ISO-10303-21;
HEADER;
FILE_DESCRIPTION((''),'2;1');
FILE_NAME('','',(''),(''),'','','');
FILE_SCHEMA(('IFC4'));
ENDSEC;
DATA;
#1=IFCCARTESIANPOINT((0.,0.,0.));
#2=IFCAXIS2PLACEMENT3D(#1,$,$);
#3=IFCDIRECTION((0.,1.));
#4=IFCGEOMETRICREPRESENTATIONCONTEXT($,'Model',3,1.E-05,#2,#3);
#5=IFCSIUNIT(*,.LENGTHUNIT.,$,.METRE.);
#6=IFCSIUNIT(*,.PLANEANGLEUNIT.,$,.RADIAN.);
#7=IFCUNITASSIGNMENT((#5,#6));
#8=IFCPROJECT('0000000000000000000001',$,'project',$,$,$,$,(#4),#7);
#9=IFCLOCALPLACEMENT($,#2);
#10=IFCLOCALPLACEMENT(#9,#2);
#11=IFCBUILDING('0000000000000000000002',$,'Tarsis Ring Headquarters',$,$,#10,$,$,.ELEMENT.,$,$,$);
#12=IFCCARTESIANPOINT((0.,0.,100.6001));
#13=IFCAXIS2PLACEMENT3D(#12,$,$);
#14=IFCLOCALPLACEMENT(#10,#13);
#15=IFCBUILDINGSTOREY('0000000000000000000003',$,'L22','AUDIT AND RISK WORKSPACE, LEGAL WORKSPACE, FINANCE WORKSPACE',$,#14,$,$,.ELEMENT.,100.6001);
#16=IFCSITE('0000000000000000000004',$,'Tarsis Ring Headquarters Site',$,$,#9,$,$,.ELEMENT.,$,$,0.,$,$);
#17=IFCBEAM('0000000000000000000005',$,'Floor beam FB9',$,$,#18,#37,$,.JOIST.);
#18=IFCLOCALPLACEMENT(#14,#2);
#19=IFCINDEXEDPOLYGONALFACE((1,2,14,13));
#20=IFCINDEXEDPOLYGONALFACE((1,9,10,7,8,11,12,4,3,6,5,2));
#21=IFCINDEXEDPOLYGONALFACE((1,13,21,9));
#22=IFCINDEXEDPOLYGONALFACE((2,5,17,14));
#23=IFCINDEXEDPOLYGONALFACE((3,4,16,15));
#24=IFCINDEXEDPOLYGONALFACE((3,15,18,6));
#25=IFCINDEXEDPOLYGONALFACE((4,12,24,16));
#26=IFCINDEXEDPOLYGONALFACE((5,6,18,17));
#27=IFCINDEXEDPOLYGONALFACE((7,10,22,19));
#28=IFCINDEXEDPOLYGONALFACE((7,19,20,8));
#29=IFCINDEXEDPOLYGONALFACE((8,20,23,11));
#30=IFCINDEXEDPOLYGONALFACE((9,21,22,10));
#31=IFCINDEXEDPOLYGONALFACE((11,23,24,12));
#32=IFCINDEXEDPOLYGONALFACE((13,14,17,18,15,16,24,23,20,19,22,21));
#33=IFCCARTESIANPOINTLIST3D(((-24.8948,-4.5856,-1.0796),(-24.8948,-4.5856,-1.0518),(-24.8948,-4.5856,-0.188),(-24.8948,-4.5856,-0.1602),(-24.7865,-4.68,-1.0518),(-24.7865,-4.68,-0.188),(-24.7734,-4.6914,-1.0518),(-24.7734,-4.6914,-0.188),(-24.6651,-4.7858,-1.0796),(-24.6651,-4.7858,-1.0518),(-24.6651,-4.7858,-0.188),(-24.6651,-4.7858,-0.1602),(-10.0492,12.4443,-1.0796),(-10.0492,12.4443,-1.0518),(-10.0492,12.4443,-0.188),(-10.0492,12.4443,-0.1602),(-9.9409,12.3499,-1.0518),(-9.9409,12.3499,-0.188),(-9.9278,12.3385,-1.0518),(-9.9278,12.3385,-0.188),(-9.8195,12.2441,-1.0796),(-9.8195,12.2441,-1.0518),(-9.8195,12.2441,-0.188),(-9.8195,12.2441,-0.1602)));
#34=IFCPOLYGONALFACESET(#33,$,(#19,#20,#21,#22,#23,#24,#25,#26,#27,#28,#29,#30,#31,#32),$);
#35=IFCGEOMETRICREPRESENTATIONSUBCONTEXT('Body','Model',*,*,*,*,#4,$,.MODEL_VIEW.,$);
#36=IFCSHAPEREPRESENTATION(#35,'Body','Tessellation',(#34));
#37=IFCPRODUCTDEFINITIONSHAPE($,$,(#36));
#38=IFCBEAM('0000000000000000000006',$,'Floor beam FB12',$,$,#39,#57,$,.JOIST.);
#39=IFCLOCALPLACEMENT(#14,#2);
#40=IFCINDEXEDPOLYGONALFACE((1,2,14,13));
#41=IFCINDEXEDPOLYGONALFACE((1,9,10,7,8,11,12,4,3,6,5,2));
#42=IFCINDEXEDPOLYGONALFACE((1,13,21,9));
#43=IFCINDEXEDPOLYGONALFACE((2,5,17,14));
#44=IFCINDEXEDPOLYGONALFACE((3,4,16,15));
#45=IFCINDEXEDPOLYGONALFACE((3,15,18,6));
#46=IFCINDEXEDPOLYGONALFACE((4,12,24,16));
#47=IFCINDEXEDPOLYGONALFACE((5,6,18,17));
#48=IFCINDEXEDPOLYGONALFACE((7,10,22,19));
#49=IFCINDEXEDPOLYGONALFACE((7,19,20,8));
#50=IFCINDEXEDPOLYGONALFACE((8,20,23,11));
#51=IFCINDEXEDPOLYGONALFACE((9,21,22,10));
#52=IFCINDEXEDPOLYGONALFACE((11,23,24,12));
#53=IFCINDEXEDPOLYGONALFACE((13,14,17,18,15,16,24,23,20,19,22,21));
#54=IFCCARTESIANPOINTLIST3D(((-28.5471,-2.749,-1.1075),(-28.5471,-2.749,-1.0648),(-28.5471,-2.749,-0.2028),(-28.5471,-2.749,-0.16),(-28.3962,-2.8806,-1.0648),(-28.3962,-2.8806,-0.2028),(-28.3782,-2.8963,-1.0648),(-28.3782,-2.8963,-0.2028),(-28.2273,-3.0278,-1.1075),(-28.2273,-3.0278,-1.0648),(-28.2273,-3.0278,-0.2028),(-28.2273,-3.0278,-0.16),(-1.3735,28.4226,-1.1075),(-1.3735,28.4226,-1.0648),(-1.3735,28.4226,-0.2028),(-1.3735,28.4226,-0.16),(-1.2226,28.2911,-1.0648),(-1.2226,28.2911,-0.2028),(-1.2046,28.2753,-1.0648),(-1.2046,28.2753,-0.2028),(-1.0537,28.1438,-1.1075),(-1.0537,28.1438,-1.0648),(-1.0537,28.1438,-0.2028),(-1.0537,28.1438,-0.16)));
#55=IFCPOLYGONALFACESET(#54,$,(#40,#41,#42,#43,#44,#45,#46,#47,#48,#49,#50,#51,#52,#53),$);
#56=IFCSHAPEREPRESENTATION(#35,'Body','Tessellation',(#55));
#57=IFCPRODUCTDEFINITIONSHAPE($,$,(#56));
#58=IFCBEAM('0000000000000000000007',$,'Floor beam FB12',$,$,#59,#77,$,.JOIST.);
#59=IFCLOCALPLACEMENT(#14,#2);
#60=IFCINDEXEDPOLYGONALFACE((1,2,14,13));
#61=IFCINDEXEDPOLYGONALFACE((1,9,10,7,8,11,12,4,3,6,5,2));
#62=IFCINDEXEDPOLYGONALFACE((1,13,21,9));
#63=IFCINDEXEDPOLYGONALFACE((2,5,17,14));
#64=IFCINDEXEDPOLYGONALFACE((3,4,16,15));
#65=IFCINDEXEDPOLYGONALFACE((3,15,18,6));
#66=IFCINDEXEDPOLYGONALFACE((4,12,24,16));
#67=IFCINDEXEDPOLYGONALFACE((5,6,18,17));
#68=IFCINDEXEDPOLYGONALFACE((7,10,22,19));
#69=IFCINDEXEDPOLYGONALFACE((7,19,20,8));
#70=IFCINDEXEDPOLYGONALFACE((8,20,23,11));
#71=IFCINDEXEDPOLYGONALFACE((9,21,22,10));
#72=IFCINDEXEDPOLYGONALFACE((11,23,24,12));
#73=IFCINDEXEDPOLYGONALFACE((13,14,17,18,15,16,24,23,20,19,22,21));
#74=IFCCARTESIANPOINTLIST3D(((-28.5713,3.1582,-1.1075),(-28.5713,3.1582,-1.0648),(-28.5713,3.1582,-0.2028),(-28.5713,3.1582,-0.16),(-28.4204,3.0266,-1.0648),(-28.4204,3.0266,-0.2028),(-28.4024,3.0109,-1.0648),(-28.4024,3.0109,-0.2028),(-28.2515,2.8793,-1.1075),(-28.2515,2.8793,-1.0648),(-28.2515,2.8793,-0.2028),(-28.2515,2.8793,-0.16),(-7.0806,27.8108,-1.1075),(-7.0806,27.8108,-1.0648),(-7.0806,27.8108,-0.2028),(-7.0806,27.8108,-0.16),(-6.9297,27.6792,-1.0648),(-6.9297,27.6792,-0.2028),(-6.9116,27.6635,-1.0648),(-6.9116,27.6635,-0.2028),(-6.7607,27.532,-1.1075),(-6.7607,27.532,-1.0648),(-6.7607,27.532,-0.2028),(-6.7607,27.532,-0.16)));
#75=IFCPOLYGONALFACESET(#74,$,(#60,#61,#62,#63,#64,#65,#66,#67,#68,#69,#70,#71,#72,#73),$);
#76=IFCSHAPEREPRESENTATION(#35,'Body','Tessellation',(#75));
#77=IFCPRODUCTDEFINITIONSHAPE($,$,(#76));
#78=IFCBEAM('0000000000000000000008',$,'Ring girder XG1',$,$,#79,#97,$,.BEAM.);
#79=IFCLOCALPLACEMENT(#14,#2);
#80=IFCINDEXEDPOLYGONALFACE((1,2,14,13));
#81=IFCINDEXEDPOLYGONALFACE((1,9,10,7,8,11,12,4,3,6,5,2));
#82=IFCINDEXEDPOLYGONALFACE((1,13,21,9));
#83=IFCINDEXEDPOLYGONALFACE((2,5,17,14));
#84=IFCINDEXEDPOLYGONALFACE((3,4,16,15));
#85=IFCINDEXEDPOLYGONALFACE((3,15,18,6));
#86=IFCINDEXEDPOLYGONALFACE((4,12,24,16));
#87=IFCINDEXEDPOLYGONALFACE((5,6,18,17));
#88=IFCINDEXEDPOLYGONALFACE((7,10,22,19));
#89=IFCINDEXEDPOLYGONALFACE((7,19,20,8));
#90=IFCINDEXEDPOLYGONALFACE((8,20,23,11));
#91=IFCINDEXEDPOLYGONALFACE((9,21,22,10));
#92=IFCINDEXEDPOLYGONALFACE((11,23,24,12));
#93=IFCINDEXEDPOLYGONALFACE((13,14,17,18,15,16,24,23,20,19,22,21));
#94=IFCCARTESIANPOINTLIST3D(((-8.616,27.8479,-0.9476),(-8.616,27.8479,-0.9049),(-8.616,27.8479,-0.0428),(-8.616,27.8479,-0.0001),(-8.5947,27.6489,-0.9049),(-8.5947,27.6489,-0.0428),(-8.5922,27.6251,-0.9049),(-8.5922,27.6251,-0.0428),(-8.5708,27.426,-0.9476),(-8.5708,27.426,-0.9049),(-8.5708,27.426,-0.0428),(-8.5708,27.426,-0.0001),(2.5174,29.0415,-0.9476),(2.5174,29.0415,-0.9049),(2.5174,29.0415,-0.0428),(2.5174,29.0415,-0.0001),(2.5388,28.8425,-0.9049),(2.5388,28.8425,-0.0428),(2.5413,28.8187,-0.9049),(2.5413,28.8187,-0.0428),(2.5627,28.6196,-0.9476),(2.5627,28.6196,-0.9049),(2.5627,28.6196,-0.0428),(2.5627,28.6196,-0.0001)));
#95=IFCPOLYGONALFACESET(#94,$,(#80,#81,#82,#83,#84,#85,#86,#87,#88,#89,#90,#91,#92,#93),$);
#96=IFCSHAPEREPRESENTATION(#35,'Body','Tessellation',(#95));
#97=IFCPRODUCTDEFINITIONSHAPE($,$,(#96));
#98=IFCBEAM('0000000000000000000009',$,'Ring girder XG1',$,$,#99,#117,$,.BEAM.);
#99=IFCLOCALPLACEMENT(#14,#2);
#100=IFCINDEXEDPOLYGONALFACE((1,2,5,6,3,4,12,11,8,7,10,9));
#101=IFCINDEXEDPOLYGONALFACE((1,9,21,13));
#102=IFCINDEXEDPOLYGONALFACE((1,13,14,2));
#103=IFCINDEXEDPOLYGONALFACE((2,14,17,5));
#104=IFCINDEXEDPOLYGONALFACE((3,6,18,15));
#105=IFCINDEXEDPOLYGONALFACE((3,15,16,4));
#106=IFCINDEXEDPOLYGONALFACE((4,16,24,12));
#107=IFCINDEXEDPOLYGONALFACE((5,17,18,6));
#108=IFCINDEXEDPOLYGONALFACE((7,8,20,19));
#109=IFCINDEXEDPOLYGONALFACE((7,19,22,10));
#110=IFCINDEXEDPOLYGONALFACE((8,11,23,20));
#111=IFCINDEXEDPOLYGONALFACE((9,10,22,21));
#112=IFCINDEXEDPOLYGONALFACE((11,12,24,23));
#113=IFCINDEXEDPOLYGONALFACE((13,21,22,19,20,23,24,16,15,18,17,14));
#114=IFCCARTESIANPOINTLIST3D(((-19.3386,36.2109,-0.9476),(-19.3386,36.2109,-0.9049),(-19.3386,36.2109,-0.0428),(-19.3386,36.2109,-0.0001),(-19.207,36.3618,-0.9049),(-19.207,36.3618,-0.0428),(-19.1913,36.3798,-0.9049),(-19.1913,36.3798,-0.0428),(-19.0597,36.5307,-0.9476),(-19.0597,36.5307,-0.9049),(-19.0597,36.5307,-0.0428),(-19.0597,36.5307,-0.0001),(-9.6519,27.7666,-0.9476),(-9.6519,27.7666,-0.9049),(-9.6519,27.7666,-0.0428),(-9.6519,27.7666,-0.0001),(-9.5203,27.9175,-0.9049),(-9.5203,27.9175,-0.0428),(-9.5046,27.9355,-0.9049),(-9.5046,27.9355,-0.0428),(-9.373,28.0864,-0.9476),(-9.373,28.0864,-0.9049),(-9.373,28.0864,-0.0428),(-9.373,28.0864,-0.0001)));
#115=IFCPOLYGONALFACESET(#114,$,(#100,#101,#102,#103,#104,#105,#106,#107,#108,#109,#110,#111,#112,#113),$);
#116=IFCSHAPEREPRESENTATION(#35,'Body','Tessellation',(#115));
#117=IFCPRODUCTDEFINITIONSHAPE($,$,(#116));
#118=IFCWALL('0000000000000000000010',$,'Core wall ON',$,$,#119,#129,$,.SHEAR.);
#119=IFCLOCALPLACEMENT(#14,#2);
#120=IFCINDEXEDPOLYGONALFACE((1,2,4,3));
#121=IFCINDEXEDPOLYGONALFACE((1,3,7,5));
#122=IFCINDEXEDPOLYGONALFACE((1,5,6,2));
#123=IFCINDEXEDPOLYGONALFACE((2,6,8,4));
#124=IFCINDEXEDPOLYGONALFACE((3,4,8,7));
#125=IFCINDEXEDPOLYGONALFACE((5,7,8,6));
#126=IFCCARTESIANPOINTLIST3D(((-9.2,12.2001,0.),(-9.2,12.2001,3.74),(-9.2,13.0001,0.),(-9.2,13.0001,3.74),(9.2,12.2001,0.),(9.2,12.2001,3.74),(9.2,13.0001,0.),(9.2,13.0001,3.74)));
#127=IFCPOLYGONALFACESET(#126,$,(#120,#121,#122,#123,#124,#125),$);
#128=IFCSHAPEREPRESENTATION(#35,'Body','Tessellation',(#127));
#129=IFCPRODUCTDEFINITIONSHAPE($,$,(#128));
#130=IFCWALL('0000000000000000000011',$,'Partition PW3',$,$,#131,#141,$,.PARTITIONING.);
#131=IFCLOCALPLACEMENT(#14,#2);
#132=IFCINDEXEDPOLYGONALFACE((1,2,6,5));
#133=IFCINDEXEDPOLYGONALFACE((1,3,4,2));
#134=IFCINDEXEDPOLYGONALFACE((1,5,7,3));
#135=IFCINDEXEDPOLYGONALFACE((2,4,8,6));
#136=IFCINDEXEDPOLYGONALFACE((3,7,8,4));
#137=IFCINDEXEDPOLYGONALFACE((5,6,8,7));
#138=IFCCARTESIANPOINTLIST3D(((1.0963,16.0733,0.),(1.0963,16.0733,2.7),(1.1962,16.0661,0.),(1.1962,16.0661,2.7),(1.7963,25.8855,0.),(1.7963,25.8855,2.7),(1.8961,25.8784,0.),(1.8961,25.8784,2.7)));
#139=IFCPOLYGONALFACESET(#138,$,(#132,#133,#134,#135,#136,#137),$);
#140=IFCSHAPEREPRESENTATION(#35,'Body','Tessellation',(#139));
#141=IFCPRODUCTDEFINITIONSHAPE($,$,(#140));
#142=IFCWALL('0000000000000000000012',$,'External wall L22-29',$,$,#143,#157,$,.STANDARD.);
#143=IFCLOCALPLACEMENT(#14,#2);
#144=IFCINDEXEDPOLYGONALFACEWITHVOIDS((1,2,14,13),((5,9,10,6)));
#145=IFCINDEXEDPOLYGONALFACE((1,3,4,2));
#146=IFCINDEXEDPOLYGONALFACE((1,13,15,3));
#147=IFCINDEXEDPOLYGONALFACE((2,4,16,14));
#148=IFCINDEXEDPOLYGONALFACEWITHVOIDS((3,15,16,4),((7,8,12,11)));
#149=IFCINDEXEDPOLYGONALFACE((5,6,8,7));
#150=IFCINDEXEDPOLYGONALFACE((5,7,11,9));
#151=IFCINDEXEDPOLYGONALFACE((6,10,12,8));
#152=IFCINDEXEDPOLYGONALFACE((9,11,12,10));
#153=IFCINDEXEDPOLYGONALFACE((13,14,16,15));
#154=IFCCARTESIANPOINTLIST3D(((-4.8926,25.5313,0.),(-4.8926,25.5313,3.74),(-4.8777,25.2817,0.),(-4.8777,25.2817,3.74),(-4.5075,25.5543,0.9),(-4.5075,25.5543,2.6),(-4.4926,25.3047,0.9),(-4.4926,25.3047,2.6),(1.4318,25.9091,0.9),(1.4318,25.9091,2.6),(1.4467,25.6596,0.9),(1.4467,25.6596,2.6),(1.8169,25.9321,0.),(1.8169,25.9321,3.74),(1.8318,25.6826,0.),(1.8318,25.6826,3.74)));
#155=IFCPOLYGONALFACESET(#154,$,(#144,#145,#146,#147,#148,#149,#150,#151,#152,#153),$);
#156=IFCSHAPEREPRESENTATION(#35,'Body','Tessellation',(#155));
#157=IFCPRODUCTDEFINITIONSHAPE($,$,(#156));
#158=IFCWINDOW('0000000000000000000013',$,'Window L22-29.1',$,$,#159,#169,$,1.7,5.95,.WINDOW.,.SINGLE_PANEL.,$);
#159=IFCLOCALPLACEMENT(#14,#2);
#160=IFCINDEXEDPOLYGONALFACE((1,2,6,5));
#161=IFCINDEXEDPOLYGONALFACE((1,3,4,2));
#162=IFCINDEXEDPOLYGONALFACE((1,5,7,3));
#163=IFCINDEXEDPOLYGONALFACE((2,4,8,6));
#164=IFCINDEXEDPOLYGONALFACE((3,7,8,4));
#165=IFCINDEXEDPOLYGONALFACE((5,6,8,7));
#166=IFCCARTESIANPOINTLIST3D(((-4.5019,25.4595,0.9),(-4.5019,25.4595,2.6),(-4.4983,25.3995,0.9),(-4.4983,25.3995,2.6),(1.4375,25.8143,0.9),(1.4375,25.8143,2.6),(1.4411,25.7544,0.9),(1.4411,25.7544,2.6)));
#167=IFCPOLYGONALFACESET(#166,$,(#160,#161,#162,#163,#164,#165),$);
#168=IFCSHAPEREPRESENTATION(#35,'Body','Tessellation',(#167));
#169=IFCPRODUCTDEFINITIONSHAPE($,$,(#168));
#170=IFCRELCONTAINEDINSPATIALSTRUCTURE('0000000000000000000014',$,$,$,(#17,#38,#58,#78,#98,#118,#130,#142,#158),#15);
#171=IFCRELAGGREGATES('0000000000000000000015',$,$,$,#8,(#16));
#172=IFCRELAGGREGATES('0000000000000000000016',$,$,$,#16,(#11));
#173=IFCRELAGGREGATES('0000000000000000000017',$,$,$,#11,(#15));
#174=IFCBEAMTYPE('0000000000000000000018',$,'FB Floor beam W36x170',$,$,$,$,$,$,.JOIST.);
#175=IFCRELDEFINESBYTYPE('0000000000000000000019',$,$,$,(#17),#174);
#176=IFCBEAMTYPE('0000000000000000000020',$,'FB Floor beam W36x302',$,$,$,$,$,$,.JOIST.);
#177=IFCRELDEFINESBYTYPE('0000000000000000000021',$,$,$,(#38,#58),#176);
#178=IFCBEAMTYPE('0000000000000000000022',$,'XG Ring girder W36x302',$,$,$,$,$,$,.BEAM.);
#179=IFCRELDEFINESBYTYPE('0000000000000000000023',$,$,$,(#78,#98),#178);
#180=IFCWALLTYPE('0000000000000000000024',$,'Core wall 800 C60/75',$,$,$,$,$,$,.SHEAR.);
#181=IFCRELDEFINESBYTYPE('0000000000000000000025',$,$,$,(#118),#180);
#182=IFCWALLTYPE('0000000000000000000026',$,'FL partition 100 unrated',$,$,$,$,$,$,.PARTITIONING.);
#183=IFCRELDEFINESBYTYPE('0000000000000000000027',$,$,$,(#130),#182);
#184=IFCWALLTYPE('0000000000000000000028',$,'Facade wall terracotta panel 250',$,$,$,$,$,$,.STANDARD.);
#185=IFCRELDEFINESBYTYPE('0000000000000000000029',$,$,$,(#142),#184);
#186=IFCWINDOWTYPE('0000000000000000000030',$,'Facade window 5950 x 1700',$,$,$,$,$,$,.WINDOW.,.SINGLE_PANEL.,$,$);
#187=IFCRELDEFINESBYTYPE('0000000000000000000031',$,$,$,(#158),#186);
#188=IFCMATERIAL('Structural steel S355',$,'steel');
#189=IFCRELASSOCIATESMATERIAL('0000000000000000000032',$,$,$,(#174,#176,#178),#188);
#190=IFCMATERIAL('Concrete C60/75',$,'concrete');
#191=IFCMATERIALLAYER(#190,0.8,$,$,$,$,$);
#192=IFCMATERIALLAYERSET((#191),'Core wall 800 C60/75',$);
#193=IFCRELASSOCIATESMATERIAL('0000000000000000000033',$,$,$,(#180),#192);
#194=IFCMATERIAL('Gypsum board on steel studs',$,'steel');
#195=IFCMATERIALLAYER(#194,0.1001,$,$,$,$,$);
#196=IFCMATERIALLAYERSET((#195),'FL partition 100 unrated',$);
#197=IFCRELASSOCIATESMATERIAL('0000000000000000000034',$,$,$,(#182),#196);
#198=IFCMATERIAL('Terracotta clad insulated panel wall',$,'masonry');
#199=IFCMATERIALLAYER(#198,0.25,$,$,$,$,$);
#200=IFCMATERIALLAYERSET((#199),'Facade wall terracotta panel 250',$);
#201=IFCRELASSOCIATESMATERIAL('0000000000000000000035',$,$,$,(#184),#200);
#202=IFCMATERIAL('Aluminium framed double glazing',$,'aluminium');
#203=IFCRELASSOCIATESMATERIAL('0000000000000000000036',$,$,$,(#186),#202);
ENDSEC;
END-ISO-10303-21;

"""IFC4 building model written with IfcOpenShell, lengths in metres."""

from ifc_helpers import new_model, si_unit, direction, frame, frame_2d, origin, origin_2d, place, context, subcontext, project, spatial, rectangle, i_section, extrude, material, layer, layer_set, material_profile, profile_set, type_object, element, fill, save


model = new_model("IFC4")

# Units and contexts
model_context = context("Model", 3, precision=1e-05, world=origin(), true_north=direction((0.0, 1.0)))
body_context = subcontext(model_context, "Body", "Model", "MODEL_VIEW")
ifc_project = project(units=[si_unit("LENGTHUNIT", "METRE"), si_unit("PLANEANGLEUNIT", "RADIAN")], contexts=[model_context])

# Site, building, storey
site_placement = place(None, origin())
site = spatial("IfcSite", under=ifc_project, at=site_placement, Name="Tarsis Ring Headquarters Site", CompositionType="ELEMENT", RefElevation=0.0)
building_placement = place(site_placement, origin())
building = spatial("IfcBuilding", under=site, at=building_placement, Name="Tarsis Ring Headquarters", CompositionType="ELEMENT")
storey_placement = place(building_placement, frame((0.0, 0.0, 100.6001)))
storey = spatial("IfcBuildingStorey", under=building, at=storey_placement, Name="L22", Description="AUDIT AND RISK WORKSPACE, LEGAL WORKSPACE, FINANCE WORKSPACE", CompositionType="ELEMENT", Elevation=100.6001)

# Shared definitions
ifc_material_1 = material(Name="Structural steel S355", Category="steel")

# Beams
ifc_material_profile_1 = material_profile(ifc_material_1, i_section(OverallWidth=0.3047, OverallDepth=0.9194, WebThickness=0.0173, FlangeThickness=0.0278, at=origin_2d()), Name="W36x170")
ifc_profile_set_1 = profile_set([ifc_material_profile_1], Name="Structural steel S355")
beam_type_1 = type_object("IfcBeamType", Name="FB Floor beam W36x170", PredefinedType="JOIST", material=ifc_profile_set_1)
beam_1_placement = place(storey_placement, frame((-9.9343, 12.3442, -0.6199), z_axis=(-0.65711, -0.753794, 0.0), x_axis=(0.753794, -0.65711, 0.0)))
element("IfcBeam", 1, at=beam_1_placement, inside=storey, type_object=beam_type_1, Name="Floor beam FB9", PredefinedType="JOIST", context=body_context, shape_type="SweptSolid", body=[
    extrude(i_section(OverallWidth=0.3047, OverallDepth=0.9194, WebThickness=0.0173, FlangeThickness=0.0278, at=origin_2d()), origin(), (0.0, 0.0, 1.0), 22.5923),
])
ifc_material_profile_2 = material_profile(ifc_material_1, i_section(OverallWidth=0.4243, OverallDepth=0.9475, WebThickness=0.0239, FlangeThickness=0.0427, at=origin_2d()), Name="W36x302")
ifc_profile_set_2 = profile_set([ifc_material_profile_2], Name="Structural steel S355")
beam_type_2 = type_object("IfcBeamType", Name="FB Floor beam W36x302", PredefinedType="JOIST", material=ifc_profile_set_2)
beam_2_placement = place(storey_placement, frame((-1.2136, 28.2832, -0.6338), z_axis=(-0.657112, -0.753793, 0.0), x_axis=(0.753793, -0.657112, 0.0)))
element("IfcBeam", 2, at=beam_2_placement, inside=storey, type_object=beam_type_2, Name="Floor beam FB12", PredefinedType="JOIST", context=body_context, shape_type="SweptSolid", body=[
    extrude(i_section(OverallWidth=0.4243, OverallDepth=0.9475, WebThickness=0.0239, FlangeThickness=0.0427, at=origin_2d()), origin(), (0.0, 0.0, 1.0), 41.353),
])
beam_3_placement = place(storey_placement, frame((-6.9207, 27.6714, -0.6338), z_axis=(-0.657113, -0.753792, 0.0), x_axis=(0.753792, -0.657113, 0.0)))
element("IfcBeam", 3, at=beam_3_placement, inside=storey, type_object=beam_type_2, Name="Floor beam FB12", PredefinedType="JOIST", context=body_context, shape_type="SweptSolid", body=[
    extrude(i_section(OverallWidth=0.4243, OverallDepth=0.9475, WebThickness=0.0239, FlangeThickness=0.0427, at=origin_2d()), origin(), (0.0, 0.0, 1.0), 32.7048),
])
beam_type_3 = type_object("IfcBeamType", Name="XG Ring girder W36x302", PredefinedType="BEAM", material=ifc_profile_set_2)
beam_4_placement = place(storey_placement, frame((2.54, 28.8306, -0.4739), z_axis=(-0.994302, -0.106597, 0.0), x_axis=(0.106597, -0.994302, 0.0)))
element("IfcBeam", 4, at=beam_4_placement, inside=storey, type_object=beam_type_3, Name="Ring girder XG1", PredefinedType="BEAM", context=body_context, shape_type="SweptSolid", body=[
    extrude(i_section(OverallWidth=0.4243, OverallDepth=0.9475, WebThickness=0.0239, FlangeThickness=0.0427, at=origin_2d()), origin(), (0.0, 0.0, 1.0), 11.1973),
])
beam_5_placement = place(storey_placement, frame((-9.5125, 27.9265, -0.4739), z_axis=(-0.753793, 0.657111, 0.0), x_axis=(-0.657111, -0.753793, 0.0)))
element("IfcBeam", 5, at=beam_5_placement, inside=storey, type_object=beam_type_3, Name="Ring girder XG1", PredefinedType="BEAM", context=body_context, shape_type="SweptSolid", body=[
    extrude(i_section(OverallWidth=0.4243, OverallDepth=0.9475, WebThickness=0.0239, FlangeThickness=0.0427, at=origin_2d()), origin(), (0.0, 0.0, 1.0), 12.8506),
])

# Walls
ifc_material_2 = material(Name="Concrete C60/75", Category="concrete")
ifc_layer_1 = layer(ifc_material_2, 0.8)
ifc_layer_set_1 = layer_set([ifc_layer_1], Name="Core wall 800 C60/75")
wall_type_1 = type_object("IfcWallType", Name="Core wall 800 C60/75", PredefinedType="SHEAR", material=ifc_layer_set_1)
wall_1_placement = place(storey_placement, frame((-9.2, 12.6001, 0.0), z_axis=(0.0, 0.0, 1.0), x_axis=(1.0, 0.0, 0.0)))
element("IfcWall", 6, at=wall_1_placement, inside=storey, type_object=wall_type_1, Name="Core wall ON", PredefinedType="SHEAR", context=body_context, shape_type="SweptSolid", body=[
    extrude(rectangle(XDim=18.3999, YDim=0.8, at=frame_2d((9.2, 0.0))), origin(), (0.0, 0.0, 1.0), 3.74),
])
ifc_material_3 = material(Name="Gypsum board on steel studs", Category="steel")
ifc_layer_2 = layer(ifc_material_3, 0.1001)
ifc_layer_set_2 = layer_set([ifc_layer_2], Name="FL partition 100 unrated")
wall_type_2 = type_object("IfcWallType", Name="FL partition 100 unrated", PredefinedType="PARTITIONING", material=ifc_layer_set_2)
wall_2_placement = place(storey_placement, frame((1.1462, 16.0698, 0.0), z_axis=(0.0, 0.0, 1.0), x_axis=(0.071154, 0.997465, 0.0)))
element("IfcWall", 7, at=wall_2_placement, inside=storey, type_object=wall_type_2, Name="Partition PW3", PredefinedType="PARTITIONING", context=body_context, shape_type="SweptSolid", body=[
    extrude(rectangle(XDim=9.8372, YDim=0.1001, at=frame_2d((4.9185, 0.0))), origin(), (0.0, 0.0, 1.0), 2.7),
])

# Wall, opening, window
ifc_material_4 = material(Name="Terracotta clad insulated panel wall", Category="masonry")
ifc_layer_3 = layer(ifc_material_4, 0.25)
ifc_layer_set_3 = layer_set([ifc_layer_3], Name="Facade wall terracotta panel 250")
wall_type_3 = type_object("IfcWallType", Name="Facade wall terracotta panel 250", PredefinedType="STANDARD", material=ifc_layer_set_3)
wall_3_placement = place(storey_placement, frame((1.8245, 25.8074, 0.0), z_axis=(0.0, 0.0, 1.0), x_axis=(-0.99822, -0.059642, 0.0)))
wall_3 = element("IfcWall", 8, at=wall_3_placement, inside=storey, type_object=wall_type_3, Name="External wall L22-29", PredefinedType="STANDARD", context=body_context, shape_type="SweptSolid", body=[
    extrude(rectangle(XDim=6.7214, YDim=0.25, at=frame_2d((3.3608, 0.0))), origin(), (0.0, 0.0, 1.0), 3.74),
])
opening_1_placement = place(wall_3_placement, frame((0.3857, 0.0, 0.8999)))
opening_1 = element("IfcOpeningElement", 9, at=opening_1_placement, cuts=wall_3, PredefinedType="OPENING", context=body_context, shape_type="SweptSolid", body=[
    extrude(rectangle(XDim=5.95, YDim=1.7, at=frame_2d((2.9751, 0.8501))), frame((0.0, 0.135, 0.0), z_axis=(0.0, -1.0, 0.0), x_axis=(1.0, 0.0, 0.0)), (0.0, 0.0, 1.0), 0.27),
])
ifc_material_5 = material(Name="Aluminium framed double glazing", Category="aluminium")
window_type_1 = type_object("IfcWindowType", Name="Facade window 5950 x 1700", PartitioningType="SINGLE_PANEL", PredefinedType="WINDOW", material=ifc_material_5)
window_1_placement = place(opening_1_placement, origin())
window_1 = element("IfcWindow", 10, at=window_1_placement, inside=storey, type_object=window_type_1, Name="Window L22-29.1", OverallHeight=1.7, OverallWidth=5.95, PartitioningType="SINGLE_PANEL", PredefinedType="WINDOW", context=body_context, shape_type="SweptSolid", body=[
    extrude(rectangle(XDim=5.95, YDim=1.7, at=frame_2d((2.9751, 0.8501))), frame((0.0, 0.03, 0.0), z_axis=(0.0, -1.0, 0.0), x_axis=(1.0, 0.0, 0.0)), (0.0, 0.0, 1.0), 0.0601),
])
fill(opening_1, window_1)

save(model, "model.ifc")
